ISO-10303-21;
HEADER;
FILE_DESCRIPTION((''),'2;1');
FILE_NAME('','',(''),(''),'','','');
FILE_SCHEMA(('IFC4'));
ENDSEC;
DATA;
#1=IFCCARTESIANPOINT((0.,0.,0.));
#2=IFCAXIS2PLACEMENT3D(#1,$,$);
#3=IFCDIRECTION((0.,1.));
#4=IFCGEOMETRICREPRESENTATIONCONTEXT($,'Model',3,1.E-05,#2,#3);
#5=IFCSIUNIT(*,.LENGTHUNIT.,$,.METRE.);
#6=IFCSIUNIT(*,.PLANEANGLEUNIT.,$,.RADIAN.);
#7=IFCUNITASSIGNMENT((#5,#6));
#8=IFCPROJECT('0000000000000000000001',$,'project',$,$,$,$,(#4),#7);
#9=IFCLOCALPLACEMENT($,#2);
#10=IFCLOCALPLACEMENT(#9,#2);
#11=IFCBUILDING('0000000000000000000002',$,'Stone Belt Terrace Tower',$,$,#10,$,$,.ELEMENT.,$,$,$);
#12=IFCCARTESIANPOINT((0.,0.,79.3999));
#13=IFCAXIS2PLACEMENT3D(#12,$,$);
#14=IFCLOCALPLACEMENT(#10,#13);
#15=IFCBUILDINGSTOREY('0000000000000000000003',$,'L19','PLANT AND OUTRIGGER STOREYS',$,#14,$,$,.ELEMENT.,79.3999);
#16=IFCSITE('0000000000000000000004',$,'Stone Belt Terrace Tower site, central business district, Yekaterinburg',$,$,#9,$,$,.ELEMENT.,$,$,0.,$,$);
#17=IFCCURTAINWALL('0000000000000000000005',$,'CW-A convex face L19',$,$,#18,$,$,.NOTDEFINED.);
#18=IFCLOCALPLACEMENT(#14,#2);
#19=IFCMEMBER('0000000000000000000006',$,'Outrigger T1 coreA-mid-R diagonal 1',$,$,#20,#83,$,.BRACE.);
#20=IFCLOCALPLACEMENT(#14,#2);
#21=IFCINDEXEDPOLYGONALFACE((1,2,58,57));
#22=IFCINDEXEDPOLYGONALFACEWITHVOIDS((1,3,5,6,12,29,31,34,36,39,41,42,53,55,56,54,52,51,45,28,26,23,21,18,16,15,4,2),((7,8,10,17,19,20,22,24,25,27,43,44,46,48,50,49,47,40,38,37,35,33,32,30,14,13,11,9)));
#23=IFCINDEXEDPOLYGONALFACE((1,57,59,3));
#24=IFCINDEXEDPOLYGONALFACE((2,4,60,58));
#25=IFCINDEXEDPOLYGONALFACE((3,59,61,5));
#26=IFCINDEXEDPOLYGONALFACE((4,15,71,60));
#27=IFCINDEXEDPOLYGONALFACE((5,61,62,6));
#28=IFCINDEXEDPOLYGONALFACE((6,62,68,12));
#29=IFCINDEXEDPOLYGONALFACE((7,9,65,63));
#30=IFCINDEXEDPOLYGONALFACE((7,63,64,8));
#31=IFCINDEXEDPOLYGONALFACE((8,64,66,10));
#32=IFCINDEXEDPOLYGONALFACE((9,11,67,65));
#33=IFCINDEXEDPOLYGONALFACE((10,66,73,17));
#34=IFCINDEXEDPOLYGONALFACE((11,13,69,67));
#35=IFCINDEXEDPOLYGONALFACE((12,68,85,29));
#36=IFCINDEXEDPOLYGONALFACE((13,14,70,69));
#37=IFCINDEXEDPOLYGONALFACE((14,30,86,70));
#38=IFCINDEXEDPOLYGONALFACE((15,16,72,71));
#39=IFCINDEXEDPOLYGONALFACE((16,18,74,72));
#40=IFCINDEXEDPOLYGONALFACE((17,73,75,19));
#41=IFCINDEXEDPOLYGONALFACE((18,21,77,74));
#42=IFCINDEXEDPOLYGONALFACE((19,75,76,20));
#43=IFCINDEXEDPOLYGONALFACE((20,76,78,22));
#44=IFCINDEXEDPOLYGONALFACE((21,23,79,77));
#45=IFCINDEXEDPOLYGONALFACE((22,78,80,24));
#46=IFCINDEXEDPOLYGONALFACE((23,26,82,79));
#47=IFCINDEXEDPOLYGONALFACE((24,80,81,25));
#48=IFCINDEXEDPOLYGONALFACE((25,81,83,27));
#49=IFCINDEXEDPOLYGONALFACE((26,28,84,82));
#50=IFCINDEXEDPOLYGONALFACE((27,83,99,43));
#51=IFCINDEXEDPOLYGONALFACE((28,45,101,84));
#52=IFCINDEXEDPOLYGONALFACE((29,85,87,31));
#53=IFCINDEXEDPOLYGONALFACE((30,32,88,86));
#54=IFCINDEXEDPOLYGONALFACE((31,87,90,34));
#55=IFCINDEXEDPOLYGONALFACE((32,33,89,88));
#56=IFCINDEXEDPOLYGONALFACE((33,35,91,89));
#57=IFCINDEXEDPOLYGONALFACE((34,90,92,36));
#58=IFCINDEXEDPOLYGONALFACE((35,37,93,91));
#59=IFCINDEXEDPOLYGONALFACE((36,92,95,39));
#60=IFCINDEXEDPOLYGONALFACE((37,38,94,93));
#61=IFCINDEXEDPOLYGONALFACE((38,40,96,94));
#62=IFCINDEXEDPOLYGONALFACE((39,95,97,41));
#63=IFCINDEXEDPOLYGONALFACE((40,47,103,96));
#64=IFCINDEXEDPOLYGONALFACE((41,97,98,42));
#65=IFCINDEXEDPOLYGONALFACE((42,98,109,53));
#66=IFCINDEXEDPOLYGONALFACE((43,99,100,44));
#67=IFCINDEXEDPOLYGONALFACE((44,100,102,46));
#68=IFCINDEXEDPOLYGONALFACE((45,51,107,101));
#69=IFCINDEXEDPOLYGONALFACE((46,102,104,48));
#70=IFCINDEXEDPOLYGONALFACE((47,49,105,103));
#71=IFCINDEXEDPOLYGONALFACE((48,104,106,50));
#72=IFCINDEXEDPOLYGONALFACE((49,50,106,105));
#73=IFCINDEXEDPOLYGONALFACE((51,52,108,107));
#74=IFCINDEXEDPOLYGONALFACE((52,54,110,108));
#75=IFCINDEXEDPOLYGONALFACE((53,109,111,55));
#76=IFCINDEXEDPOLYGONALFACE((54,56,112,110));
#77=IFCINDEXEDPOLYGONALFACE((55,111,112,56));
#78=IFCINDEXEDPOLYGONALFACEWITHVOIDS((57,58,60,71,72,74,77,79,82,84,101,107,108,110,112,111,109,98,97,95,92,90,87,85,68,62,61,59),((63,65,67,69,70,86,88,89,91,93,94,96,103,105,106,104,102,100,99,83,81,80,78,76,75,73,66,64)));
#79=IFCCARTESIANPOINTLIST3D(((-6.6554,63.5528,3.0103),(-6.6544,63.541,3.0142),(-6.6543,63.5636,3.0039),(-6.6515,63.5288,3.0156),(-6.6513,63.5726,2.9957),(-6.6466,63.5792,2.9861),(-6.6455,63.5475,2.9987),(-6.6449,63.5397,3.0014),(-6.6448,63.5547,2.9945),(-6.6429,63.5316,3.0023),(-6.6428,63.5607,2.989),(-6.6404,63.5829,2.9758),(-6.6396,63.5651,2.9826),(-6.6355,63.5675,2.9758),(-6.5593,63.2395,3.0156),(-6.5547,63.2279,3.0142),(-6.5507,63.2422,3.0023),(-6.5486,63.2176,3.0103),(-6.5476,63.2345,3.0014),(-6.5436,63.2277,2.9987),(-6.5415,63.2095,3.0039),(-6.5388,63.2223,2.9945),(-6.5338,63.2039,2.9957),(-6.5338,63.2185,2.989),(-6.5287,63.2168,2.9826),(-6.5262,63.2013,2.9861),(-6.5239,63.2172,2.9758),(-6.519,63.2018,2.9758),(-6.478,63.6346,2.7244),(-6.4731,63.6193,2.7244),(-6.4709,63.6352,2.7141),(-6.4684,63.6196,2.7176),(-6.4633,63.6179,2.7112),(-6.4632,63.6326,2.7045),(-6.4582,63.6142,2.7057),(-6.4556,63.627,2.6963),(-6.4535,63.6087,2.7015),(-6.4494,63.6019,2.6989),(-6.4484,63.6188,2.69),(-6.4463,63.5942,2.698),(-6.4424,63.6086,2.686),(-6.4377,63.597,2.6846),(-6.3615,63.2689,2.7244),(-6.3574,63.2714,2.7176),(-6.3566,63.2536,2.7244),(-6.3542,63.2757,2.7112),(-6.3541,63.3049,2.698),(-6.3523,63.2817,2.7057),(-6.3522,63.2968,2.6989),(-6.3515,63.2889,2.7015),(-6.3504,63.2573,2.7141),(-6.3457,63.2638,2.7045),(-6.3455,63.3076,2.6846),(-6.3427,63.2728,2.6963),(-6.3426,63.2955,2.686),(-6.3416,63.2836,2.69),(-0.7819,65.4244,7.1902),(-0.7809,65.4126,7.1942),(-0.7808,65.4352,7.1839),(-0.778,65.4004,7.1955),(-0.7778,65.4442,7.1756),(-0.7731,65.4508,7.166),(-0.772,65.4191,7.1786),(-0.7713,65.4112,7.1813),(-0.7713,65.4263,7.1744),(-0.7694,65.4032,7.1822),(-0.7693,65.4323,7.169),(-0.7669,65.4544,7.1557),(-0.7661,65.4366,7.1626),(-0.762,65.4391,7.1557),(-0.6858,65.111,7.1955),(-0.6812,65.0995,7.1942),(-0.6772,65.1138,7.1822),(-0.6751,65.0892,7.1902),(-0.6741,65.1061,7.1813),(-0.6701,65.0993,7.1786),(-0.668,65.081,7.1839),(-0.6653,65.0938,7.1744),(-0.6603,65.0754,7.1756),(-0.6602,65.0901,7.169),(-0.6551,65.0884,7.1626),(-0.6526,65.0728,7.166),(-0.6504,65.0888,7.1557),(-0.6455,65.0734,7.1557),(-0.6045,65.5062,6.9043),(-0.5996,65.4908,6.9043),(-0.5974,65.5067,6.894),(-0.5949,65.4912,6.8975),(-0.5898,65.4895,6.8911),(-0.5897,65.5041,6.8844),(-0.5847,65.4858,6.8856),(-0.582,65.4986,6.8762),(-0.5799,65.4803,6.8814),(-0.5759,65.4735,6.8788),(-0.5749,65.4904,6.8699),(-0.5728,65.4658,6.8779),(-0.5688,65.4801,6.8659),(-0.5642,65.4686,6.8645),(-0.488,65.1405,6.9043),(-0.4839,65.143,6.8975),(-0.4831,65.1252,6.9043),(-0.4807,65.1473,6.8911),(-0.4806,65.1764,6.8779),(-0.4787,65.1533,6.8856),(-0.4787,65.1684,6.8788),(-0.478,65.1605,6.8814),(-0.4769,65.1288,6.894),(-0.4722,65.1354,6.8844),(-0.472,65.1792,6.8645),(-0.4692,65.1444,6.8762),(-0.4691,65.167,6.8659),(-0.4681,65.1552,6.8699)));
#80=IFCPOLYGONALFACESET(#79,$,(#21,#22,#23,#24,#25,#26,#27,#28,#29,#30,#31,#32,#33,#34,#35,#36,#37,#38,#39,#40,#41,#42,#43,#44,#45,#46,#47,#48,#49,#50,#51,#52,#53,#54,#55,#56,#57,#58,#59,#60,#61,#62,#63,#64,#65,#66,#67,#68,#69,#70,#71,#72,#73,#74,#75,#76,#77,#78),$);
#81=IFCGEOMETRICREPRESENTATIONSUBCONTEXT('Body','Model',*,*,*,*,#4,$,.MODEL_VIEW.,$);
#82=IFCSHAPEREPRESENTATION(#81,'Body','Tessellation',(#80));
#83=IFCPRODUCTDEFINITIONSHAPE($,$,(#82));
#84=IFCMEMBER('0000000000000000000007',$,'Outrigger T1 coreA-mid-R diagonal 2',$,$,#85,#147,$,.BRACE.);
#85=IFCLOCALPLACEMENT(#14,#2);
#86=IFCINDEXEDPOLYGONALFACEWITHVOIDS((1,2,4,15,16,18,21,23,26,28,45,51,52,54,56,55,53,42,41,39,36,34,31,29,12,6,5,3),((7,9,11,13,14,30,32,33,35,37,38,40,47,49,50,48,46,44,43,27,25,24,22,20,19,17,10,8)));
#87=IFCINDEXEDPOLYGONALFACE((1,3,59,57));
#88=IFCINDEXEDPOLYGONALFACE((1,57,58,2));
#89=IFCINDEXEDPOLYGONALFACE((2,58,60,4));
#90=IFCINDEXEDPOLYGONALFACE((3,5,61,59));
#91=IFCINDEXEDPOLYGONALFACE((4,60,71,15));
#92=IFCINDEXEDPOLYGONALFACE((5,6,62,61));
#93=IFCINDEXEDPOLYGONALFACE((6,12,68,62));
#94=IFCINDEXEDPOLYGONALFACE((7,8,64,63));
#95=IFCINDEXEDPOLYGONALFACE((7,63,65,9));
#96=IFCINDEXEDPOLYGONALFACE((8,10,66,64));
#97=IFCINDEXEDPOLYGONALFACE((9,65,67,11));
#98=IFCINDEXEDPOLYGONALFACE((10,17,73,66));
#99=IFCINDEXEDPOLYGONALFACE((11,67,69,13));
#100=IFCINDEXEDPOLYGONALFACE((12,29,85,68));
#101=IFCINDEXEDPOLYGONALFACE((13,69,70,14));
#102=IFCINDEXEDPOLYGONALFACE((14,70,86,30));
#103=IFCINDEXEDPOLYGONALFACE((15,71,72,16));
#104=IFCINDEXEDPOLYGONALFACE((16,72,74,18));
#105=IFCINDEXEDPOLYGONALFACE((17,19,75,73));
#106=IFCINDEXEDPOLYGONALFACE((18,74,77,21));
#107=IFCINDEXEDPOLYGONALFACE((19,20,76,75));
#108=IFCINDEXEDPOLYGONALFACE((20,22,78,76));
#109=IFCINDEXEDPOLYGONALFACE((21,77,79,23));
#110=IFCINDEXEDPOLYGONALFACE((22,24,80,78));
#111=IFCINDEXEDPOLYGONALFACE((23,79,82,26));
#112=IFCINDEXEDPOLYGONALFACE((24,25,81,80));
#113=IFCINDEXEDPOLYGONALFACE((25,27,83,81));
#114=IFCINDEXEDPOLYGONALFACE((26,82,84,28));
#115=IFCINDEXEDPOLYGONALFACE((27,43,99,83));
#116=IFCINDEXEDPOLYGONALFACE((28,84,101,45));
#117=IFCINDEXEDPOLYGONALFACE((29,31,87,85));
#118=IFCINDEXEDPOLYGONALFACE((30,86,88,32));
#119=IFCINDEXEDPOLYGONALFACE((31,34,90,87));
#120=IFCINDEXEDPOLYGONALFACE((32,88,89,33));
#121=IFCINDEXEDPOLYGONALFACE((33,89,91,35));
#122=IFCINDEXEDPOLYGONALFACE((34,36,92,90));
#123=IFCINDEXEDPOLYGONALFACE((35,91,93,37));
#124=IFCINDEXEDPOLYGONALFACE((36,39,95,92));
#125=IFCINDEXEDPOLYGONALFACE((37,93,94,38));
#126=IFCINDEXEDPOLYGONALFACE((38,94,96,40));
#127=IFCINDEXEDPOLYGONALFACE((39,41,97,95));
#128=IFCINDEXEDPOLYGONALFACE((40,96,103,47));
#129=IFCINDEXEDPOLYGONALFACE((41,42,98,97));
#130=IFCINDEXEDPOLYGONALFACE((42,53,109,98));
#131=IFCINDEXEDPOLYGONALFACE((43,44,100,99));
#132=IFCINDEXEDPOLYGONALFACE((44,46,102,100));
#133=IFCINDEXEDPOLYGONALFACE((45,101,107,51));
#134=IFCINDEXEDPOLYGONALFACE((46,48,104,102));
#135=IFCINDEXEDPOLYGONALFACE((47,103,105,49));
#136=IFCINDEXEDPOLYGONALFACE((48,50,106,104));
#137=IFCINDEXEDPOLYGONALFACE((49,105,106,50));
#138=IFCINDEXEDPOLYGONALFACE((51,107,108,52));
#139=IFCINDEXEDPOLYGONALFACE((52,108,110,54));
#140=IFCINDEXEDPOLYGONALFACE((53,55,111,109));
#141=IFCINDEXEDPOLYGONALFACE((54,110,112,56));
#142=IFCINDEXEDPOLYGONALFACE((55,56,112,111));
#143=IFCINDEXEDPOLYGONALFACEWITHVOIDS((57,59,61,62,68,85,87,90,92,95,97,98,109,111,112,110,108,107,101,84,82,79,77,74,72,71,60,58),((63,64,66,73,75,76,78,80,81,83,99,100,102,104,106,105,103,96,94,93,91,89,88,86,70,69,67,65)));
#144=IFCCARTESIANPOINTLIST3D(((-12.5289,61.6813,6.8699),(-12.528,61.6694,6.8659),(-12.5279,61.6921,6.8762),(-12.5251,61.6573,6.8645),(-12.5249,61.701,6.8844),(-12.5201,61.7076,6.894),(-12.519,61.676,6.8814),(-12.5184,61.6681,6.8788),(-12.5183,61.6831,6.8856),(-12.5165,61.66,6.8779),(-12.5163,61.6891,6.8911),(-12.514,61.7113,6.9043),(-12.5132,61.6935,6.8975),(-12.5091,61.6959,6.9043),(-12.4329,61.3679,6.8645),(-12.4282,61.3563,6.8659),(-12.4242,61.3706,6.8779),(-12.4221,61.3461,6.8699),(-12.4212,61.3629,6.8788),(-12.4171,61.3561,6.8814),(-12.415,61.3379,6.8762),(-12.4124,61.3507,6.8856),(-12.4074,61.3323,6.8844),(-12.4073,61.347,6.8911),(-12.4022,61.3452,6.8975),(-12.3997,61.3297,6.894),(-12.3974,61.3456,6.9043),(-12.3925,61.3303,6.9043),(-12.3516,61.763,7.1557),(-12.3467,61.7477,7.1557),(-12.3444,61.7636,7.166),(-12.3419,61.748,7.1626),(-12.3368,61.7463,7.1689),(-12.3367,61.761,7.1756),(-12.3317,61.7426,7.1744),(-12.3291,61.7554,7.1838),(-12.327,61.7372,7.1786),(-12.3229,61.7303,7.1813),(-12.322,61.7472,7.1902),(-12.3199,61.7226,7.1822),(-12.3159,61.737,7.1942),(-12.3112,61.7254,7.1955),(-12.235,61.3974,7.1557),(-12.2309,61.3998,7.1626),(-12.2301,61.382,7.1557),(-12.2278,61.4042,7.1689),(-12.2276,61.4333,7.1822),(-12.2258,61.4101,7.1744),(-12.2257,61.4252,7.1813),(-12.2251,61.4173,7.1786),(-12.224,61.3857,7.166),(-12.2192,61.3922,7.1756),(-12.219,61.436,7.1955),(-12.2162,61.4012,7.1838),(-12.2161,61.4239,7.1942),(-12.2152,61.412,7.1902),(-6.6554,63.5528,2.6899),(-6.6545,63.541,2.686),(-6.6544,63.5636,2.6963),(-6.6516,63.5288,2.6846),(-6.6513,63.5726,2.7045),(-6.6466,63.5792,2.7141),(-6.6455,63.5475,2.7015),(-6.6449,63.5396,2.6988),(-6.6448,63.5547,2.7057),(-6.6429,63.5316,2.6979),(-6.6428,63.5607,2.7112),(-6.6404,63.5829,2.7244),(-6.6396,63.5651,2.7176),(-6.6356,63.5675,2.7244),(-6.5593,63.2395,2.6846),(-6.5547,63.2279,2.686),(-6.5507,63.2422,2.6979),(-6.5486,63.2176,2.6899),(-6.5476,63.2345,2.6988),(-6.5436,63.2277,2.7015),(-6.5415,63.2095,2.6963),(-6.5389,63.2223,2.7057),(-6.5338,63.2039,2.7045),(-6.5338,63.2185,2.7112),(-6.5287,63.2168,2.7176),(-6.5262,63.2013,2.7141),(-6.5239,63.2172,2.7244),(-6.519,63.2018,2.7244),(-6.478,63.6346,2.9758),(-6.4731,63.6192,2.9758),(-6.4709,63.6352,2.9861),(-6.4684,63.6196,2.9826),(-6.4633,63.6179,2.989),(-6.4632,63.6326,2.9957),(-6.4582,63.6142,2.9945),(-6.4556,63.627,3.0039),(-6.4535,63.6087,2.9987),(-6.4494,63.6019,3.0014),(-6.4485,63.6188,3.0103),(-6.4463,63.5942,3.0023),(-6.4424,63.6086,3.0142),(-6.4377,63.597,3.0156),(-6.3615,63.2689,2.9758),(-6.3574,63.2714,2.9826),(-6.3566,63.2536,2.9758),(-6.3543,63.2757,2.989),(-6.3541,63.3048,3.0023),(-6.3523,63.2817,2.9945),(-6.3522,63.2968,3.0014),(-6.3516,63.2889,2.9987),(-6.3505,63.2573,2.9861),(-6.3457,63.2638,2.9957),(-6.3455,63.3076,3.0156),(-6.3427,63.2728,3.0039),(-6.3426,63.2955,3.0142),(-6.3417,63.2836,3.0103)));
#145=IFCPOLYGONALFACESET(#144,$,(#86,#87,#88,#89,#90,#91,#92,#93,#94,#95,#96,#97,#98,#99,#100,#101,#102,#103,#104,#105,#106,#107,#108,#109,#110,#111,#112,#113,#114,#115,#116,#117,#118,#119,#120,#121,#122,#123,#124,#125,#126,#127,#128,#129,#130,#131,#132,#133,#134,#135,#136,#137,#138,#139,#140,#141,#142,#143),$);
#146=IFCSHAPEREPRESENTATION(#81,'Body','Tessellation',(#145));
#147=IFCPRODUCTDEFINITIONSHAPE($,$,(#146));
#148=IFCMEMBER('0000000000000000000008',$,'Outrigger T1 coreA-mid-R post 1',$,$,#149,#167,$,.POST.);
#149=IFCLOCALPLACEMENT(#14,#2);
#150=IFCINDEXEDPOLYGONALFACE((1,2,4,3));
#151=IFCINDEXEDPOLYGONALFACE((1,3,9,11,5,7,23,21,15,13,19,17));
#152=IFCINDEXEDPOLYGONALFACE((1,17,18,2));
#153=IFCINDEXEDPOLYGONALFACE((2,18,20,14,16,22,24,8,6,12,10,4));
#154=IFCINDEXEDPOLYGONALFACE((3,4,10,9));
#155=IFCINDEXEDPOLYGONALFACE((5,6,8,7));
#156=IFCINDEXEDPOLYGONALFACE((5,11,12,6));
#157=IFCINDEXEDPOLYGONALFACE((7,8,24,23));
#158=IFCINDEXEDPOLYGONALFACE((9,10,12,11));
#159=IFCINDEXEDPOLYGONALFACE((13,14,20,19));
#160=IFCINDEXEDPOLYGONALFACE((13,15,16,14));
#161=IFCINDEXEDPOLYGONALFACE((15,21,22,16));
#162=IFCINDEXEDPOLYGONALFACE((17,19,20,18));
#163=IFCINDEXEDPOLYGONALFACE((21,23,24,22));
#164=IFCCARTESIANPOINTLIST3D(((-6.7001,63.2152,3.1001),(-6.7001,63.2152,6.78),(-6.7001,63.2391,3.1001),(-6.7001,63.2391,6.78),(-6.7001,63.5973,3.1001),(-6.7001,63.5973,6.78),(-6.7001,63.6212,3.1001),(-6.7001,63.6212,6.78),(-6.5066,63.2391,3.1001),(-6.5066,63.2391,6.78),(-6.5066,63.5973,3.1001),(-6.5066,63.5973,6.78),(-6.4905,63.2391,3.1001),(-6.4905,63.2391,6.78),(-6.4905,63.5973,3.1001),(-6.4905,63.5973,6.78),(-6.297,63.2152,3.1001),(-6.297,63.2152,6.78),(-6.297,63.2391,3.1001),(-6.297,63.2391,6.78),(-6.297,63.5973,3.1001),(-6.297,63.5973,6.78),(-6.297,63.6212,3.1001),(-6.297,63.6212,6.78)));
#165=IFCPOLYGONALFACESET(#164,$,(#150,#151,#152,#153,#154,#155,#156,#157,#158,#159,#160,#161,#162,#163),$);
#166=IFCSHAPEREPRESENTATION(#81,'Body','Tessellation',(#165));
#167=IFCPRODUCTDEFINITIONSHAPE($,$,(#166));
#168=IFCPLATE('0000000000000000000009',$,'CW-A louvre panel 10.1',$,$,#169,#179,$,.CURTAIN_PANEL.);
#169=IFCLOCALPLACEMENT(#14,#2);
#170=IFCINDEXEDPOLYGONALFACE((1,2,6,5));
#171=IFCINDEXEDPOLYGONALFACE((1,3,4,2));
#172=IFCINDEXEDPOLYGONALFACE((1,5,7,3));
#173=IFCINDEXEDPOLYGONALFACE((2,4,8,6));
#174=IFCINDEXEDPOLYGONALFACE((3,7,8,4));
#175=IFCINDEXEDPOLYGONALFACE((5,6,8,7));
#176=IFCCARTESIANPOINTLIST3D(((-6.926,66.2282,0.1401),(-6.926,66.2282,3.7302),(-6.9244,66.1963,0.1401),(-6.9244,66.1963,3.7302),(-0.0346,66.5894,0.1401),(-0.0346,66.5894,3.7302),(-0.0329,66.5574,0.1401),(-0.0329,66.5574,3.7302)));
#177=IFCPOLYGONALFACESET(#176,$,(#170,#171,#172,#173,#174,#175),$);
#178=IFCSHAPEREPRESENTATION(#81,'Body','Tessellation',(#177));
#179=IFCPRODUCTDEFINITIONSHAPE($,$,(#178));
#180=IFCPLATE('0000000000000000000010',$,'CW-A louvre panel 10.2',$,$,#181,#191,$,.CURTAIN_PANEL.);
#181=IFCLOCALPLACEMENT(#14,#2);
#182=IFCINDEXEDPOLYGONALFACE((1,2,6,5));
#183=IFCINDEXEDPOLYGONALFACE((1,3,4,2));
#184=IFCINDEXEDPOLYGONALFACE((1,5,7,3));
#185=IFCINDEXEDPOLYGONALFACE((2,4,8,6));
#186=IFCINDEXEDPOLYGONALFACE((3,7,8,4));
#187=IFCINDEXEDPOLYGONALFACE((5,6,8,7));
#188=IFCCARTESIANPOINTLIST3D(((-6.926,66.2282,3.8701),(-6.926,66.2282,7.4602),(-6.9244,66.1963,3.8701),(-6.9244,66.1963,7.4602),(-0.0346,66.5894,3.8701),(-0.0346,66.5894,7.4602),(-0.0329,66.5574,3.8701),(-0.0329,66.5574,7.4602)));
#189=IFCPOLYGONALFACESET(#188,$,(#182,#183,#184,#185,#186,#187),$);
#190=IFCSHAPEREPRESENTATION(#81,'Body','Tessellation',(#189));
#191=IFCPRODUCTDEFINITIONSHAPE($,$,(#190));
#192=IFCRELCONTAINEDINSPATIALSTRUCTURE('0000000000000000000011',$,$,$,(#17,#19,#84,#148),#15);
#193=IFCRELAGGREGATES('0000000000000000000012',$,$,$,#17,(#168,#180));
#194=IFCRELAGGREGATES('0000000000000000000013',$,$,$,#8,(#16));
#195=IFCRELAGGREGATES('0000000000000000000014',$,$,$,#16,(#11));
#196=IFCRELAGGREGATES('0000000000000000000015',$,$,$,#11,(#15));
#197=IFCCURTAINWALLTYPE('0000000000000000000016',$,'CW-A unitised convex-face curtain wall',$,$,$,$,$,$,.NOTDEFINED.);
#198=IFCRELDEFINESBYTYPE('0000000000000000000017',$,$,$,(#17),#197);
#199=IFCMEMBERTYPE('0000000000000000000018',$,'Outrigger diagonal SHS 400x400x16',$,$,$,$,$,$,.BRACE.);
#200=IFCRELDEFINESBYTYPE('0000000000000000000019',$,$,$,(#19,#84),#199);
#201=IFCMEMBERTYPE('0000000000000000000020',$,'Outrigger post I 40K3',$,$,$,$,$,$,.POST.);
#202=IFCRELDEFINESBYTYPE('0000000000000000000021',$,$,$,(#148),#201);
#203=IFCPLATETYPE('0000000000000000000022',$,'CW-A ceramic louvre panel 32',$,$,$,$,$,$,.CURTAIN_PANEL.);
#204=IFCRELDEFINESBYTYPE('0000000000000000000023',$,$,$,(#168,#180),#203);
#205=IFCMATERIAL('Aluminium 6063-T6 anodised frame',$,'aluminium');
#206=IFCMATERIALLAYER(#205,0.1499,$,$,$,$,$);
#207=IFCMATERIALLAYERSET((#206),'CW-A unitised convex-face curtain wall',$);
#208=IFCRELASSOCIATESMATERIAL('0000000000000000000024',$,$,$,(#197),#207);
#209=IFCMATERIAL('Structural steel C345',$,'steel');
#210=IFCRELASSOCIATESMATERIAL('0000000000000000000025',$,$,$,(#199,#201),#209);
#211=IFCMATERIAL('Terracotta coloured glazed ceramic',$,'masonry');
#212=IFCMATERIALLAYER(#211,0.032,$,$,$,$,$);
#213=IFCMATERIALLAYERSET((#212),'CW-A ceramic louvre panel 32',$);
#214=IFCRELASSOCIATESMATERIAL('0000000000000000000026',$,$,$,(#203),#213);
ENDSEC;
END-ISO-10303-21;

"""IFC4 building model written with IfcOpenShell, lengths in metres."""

from ifc_helpers import new_model, si_unit, direction, frame, origin, origin_2d, place, context, subcontext, project, spatial, rectangle, hollow_rectangle, i_section, extrude, material, layer, layer_set, material_profile, profile_set, type_object, element, aggregate, save


model = new_model("IFC4")

# Units and contexts
model_context = context("Model", 3, precision=1e-05, world=origin(), true_north=direction((0.0, 1.0)))
body_context = subcontext(model_context, "Body", "Model", "MODEL_VIEW")
ifc_project = project(units=[si_unit("LENGTHUNIT", "METRE"), si_unit("PLANEANGLEUNIT", "RADIAN")], contexts=[model_context])

# Site, building, storey
site_placement = place(None, origin())
site = spatial("IfcSite", under=ifc_project, at=site_placement, Name="Stone Belt Terrace Tower site, central business district, Yekaterinburg", CompositionType="ELEMENT", RefElevation=0.0)
building_placement = place(site_placement, origin())
building = spatial("IfcBuilding", under=site, at=building_placement, Name="Stone Belt Terrace Tower", CompositionType="ELEMENT")
storey_placement = place(building_placement, frame((0.0, 0.0, 79.3999)))
storey = spatial("IfcBuildingStorey", under=building, at=storey_placement, Name="L19", Description="PLANT AND OUTRIGGER STOREYS", CompositionType="ELEMENT", Elevation=79.3999)

# Curtain wall
ifc_material_1 = material(Name="Aluminium 6063-T6 anodised frame", Category="aluminium")
ifc_layer_1 = layer(ifc_material_1, 0.1499)
ifc_layer_set_1 = layer_set([ifc_layer_1], Name="CW-A unitised convex-face curtain wall")
curtain_wall_type = type_object("IfcCurtainWallType", Name="CW-A unitised convex-face curtain wall", PredefinedType="NOTDEFINED", material=ifc_layer_set_1)
curtain_wall_placement = place(storey_placement, origin())
curtain_wall = element("IfcCurtainWall", 1, at=curtain_wall_placement, inside=storey, type_object=curtain_wall_type, Name="CW-A convex face L19", PredefinedType="NOTDEFINED")

# Members
ifc_material_2 = material(Name="Structural steel C345", Category="steel")
ifc_material_profile_1 = material_profile(ifc_material_2, hollow_rectangle(XDim=0.3999, YDim=0.3999, WallThickness=0.0161, InnerFilletRadius=0.032, OuterFilletRadius=0.0481, at=origin_2d()), Name="SHS 400x400x16")
ifc_profile_set_1 = profile_set([ifc_material_profile_1], Name="Structural steel C345")
member_type_1 = type_object("IfcMemberType", Name="Outrigger diagonal SHS 400x400x16", PredefinedType="BRACE", material=ifc_profile_set_1)
for number, where, z_axis, x_axis, name in (
    (2, (-0.625, 65.2898, 7.03), (-0.788603, -0.251286, -0.561213), (0.303606, -0.952798, 0.0), "Outrigger T1 coreA-mid-R diagonal 1"),
    (3, (-6.4985, 63.4182, 2.8501), (-0.788603, -0.251286, 0.561213), (0.303606, -0.952798, 0.0), "Outrigger T1 coreA-mid-R diagonal 2"),
):
    element("IfcMember", number, at=place(storey_placement, frame(where, z_axis=z_axis, x_axis=x_axis)), inside=storey, type_object=member_type_1, Name=name, PredefinedType="BRACE", context=body_context, shape_type="SweptSolid", body=[
        extrude(hollow_rectangle(XDim=0.3999, YDim=0.3999, WallThickness=0.0161, InnerFilletRadius=0.032, OuterFilletRadius=0.0481, at=origin_2d()), origin(), (0.0, 0.0, 1.0), 7.448),
    ])
ifc_material_profile_2 = material_profile(ifc_material_2, i_section(OverallWidth=0.4031, OverallDepth=0.406, WebThickness=0.0161, FlangeThickness=0.0239, at=origin_2d()), Name="I 40K3")
ifc_profile_set_2 = profile_set([ifc_material_profile_2], Name="Structural steel C345")
member_type_2 = type_object("IfcMemberType", Name="Outrigger post I 40K3", PredefinedType="POST", material=ifc_profile_set_2)
member_1_placement = place(storey_placement, frame((-6.4985, 63.4182, 3.1001), z_axis=(0.0, 0.0, 1.0), x_axis=(1.0, 0.0, 0.0)))
element("IfcMember", 4, at=member_1_placement, inside=storey, type_object=member_type_2, Name="Outrigger T1 coreA-mid-R post 1", PredefinedType="POST", context=body_context, shape_type="SweptSolid", body=[
    extrude(i_section(OverallWidth=0.4031, OverallDepth=0.406, WebThickness=0.0161, FlangeThickness=0.0239, at=origin_2d()), origin(), (0.0, 0.0, 1.0), 3.6799),
])

# Plates
ifc_material_3 = material(Name="Terracotta coloured glazed ceramic", Category="masonry")
ifc_layer_2 = layer(ifc_material_3, 0.032)
ifc_layer_set_2 = layer_set([ifc_layer_2], Name="CW-A ceramic louvre panel 32")
plate_type_1 = type_object("IfcPlateType", Name="CW-A ceramic louvre panel 32", PredefinedType="CURTAIN_PANEL", material=ifc_layer_set_2)
plate_1_placement = place(storey_placement, frame((-3.4795, 66.3928, 0.1401), z_axis=(0.0, 0.0, 1.0), x_axis=(-0.99863, -0.052336, 0.0)))
plate_1 = element("IfcPlate", 5, at=plate_1_placement, type_object=plate_type_1, Name="CW-A louvre panel 10.1", PredefinedType="CURTAIN_PANEL", context=body_context, shape_type="SweptSolid", body=[
    extrude(rectangle(XDim=6.9009, YDim=0.032, at=origin_2d()), origin(), (0.0, 0.0, 1.0), 3.5901),
])
plate_2_placement = place(storey_placement, frame((-3.4795, 66.3928, 3.8701), z_axis=(0.0, 0.0, 1.0), x_axis=(-0.99863, -0.052336, 0.0)))
plate_2 = element("IfcPlate", 6, at=plate_2_placement, type_object=plate_type_1, Name="CW-A louvre panel 10.2", PredefinedType="CURTAIN_PANEL", context=body_context, shape_type="SweptSolid", body=[
    extrude(rectangle(XDim=6.9009, YDim=0.032, at=origin_2d()), origin(), (0.0, 0.0, 1.0), 3.5901),
])
aggregate(curtain_wall, [plate_1, plate_2])

save(model, "model.ifc")
